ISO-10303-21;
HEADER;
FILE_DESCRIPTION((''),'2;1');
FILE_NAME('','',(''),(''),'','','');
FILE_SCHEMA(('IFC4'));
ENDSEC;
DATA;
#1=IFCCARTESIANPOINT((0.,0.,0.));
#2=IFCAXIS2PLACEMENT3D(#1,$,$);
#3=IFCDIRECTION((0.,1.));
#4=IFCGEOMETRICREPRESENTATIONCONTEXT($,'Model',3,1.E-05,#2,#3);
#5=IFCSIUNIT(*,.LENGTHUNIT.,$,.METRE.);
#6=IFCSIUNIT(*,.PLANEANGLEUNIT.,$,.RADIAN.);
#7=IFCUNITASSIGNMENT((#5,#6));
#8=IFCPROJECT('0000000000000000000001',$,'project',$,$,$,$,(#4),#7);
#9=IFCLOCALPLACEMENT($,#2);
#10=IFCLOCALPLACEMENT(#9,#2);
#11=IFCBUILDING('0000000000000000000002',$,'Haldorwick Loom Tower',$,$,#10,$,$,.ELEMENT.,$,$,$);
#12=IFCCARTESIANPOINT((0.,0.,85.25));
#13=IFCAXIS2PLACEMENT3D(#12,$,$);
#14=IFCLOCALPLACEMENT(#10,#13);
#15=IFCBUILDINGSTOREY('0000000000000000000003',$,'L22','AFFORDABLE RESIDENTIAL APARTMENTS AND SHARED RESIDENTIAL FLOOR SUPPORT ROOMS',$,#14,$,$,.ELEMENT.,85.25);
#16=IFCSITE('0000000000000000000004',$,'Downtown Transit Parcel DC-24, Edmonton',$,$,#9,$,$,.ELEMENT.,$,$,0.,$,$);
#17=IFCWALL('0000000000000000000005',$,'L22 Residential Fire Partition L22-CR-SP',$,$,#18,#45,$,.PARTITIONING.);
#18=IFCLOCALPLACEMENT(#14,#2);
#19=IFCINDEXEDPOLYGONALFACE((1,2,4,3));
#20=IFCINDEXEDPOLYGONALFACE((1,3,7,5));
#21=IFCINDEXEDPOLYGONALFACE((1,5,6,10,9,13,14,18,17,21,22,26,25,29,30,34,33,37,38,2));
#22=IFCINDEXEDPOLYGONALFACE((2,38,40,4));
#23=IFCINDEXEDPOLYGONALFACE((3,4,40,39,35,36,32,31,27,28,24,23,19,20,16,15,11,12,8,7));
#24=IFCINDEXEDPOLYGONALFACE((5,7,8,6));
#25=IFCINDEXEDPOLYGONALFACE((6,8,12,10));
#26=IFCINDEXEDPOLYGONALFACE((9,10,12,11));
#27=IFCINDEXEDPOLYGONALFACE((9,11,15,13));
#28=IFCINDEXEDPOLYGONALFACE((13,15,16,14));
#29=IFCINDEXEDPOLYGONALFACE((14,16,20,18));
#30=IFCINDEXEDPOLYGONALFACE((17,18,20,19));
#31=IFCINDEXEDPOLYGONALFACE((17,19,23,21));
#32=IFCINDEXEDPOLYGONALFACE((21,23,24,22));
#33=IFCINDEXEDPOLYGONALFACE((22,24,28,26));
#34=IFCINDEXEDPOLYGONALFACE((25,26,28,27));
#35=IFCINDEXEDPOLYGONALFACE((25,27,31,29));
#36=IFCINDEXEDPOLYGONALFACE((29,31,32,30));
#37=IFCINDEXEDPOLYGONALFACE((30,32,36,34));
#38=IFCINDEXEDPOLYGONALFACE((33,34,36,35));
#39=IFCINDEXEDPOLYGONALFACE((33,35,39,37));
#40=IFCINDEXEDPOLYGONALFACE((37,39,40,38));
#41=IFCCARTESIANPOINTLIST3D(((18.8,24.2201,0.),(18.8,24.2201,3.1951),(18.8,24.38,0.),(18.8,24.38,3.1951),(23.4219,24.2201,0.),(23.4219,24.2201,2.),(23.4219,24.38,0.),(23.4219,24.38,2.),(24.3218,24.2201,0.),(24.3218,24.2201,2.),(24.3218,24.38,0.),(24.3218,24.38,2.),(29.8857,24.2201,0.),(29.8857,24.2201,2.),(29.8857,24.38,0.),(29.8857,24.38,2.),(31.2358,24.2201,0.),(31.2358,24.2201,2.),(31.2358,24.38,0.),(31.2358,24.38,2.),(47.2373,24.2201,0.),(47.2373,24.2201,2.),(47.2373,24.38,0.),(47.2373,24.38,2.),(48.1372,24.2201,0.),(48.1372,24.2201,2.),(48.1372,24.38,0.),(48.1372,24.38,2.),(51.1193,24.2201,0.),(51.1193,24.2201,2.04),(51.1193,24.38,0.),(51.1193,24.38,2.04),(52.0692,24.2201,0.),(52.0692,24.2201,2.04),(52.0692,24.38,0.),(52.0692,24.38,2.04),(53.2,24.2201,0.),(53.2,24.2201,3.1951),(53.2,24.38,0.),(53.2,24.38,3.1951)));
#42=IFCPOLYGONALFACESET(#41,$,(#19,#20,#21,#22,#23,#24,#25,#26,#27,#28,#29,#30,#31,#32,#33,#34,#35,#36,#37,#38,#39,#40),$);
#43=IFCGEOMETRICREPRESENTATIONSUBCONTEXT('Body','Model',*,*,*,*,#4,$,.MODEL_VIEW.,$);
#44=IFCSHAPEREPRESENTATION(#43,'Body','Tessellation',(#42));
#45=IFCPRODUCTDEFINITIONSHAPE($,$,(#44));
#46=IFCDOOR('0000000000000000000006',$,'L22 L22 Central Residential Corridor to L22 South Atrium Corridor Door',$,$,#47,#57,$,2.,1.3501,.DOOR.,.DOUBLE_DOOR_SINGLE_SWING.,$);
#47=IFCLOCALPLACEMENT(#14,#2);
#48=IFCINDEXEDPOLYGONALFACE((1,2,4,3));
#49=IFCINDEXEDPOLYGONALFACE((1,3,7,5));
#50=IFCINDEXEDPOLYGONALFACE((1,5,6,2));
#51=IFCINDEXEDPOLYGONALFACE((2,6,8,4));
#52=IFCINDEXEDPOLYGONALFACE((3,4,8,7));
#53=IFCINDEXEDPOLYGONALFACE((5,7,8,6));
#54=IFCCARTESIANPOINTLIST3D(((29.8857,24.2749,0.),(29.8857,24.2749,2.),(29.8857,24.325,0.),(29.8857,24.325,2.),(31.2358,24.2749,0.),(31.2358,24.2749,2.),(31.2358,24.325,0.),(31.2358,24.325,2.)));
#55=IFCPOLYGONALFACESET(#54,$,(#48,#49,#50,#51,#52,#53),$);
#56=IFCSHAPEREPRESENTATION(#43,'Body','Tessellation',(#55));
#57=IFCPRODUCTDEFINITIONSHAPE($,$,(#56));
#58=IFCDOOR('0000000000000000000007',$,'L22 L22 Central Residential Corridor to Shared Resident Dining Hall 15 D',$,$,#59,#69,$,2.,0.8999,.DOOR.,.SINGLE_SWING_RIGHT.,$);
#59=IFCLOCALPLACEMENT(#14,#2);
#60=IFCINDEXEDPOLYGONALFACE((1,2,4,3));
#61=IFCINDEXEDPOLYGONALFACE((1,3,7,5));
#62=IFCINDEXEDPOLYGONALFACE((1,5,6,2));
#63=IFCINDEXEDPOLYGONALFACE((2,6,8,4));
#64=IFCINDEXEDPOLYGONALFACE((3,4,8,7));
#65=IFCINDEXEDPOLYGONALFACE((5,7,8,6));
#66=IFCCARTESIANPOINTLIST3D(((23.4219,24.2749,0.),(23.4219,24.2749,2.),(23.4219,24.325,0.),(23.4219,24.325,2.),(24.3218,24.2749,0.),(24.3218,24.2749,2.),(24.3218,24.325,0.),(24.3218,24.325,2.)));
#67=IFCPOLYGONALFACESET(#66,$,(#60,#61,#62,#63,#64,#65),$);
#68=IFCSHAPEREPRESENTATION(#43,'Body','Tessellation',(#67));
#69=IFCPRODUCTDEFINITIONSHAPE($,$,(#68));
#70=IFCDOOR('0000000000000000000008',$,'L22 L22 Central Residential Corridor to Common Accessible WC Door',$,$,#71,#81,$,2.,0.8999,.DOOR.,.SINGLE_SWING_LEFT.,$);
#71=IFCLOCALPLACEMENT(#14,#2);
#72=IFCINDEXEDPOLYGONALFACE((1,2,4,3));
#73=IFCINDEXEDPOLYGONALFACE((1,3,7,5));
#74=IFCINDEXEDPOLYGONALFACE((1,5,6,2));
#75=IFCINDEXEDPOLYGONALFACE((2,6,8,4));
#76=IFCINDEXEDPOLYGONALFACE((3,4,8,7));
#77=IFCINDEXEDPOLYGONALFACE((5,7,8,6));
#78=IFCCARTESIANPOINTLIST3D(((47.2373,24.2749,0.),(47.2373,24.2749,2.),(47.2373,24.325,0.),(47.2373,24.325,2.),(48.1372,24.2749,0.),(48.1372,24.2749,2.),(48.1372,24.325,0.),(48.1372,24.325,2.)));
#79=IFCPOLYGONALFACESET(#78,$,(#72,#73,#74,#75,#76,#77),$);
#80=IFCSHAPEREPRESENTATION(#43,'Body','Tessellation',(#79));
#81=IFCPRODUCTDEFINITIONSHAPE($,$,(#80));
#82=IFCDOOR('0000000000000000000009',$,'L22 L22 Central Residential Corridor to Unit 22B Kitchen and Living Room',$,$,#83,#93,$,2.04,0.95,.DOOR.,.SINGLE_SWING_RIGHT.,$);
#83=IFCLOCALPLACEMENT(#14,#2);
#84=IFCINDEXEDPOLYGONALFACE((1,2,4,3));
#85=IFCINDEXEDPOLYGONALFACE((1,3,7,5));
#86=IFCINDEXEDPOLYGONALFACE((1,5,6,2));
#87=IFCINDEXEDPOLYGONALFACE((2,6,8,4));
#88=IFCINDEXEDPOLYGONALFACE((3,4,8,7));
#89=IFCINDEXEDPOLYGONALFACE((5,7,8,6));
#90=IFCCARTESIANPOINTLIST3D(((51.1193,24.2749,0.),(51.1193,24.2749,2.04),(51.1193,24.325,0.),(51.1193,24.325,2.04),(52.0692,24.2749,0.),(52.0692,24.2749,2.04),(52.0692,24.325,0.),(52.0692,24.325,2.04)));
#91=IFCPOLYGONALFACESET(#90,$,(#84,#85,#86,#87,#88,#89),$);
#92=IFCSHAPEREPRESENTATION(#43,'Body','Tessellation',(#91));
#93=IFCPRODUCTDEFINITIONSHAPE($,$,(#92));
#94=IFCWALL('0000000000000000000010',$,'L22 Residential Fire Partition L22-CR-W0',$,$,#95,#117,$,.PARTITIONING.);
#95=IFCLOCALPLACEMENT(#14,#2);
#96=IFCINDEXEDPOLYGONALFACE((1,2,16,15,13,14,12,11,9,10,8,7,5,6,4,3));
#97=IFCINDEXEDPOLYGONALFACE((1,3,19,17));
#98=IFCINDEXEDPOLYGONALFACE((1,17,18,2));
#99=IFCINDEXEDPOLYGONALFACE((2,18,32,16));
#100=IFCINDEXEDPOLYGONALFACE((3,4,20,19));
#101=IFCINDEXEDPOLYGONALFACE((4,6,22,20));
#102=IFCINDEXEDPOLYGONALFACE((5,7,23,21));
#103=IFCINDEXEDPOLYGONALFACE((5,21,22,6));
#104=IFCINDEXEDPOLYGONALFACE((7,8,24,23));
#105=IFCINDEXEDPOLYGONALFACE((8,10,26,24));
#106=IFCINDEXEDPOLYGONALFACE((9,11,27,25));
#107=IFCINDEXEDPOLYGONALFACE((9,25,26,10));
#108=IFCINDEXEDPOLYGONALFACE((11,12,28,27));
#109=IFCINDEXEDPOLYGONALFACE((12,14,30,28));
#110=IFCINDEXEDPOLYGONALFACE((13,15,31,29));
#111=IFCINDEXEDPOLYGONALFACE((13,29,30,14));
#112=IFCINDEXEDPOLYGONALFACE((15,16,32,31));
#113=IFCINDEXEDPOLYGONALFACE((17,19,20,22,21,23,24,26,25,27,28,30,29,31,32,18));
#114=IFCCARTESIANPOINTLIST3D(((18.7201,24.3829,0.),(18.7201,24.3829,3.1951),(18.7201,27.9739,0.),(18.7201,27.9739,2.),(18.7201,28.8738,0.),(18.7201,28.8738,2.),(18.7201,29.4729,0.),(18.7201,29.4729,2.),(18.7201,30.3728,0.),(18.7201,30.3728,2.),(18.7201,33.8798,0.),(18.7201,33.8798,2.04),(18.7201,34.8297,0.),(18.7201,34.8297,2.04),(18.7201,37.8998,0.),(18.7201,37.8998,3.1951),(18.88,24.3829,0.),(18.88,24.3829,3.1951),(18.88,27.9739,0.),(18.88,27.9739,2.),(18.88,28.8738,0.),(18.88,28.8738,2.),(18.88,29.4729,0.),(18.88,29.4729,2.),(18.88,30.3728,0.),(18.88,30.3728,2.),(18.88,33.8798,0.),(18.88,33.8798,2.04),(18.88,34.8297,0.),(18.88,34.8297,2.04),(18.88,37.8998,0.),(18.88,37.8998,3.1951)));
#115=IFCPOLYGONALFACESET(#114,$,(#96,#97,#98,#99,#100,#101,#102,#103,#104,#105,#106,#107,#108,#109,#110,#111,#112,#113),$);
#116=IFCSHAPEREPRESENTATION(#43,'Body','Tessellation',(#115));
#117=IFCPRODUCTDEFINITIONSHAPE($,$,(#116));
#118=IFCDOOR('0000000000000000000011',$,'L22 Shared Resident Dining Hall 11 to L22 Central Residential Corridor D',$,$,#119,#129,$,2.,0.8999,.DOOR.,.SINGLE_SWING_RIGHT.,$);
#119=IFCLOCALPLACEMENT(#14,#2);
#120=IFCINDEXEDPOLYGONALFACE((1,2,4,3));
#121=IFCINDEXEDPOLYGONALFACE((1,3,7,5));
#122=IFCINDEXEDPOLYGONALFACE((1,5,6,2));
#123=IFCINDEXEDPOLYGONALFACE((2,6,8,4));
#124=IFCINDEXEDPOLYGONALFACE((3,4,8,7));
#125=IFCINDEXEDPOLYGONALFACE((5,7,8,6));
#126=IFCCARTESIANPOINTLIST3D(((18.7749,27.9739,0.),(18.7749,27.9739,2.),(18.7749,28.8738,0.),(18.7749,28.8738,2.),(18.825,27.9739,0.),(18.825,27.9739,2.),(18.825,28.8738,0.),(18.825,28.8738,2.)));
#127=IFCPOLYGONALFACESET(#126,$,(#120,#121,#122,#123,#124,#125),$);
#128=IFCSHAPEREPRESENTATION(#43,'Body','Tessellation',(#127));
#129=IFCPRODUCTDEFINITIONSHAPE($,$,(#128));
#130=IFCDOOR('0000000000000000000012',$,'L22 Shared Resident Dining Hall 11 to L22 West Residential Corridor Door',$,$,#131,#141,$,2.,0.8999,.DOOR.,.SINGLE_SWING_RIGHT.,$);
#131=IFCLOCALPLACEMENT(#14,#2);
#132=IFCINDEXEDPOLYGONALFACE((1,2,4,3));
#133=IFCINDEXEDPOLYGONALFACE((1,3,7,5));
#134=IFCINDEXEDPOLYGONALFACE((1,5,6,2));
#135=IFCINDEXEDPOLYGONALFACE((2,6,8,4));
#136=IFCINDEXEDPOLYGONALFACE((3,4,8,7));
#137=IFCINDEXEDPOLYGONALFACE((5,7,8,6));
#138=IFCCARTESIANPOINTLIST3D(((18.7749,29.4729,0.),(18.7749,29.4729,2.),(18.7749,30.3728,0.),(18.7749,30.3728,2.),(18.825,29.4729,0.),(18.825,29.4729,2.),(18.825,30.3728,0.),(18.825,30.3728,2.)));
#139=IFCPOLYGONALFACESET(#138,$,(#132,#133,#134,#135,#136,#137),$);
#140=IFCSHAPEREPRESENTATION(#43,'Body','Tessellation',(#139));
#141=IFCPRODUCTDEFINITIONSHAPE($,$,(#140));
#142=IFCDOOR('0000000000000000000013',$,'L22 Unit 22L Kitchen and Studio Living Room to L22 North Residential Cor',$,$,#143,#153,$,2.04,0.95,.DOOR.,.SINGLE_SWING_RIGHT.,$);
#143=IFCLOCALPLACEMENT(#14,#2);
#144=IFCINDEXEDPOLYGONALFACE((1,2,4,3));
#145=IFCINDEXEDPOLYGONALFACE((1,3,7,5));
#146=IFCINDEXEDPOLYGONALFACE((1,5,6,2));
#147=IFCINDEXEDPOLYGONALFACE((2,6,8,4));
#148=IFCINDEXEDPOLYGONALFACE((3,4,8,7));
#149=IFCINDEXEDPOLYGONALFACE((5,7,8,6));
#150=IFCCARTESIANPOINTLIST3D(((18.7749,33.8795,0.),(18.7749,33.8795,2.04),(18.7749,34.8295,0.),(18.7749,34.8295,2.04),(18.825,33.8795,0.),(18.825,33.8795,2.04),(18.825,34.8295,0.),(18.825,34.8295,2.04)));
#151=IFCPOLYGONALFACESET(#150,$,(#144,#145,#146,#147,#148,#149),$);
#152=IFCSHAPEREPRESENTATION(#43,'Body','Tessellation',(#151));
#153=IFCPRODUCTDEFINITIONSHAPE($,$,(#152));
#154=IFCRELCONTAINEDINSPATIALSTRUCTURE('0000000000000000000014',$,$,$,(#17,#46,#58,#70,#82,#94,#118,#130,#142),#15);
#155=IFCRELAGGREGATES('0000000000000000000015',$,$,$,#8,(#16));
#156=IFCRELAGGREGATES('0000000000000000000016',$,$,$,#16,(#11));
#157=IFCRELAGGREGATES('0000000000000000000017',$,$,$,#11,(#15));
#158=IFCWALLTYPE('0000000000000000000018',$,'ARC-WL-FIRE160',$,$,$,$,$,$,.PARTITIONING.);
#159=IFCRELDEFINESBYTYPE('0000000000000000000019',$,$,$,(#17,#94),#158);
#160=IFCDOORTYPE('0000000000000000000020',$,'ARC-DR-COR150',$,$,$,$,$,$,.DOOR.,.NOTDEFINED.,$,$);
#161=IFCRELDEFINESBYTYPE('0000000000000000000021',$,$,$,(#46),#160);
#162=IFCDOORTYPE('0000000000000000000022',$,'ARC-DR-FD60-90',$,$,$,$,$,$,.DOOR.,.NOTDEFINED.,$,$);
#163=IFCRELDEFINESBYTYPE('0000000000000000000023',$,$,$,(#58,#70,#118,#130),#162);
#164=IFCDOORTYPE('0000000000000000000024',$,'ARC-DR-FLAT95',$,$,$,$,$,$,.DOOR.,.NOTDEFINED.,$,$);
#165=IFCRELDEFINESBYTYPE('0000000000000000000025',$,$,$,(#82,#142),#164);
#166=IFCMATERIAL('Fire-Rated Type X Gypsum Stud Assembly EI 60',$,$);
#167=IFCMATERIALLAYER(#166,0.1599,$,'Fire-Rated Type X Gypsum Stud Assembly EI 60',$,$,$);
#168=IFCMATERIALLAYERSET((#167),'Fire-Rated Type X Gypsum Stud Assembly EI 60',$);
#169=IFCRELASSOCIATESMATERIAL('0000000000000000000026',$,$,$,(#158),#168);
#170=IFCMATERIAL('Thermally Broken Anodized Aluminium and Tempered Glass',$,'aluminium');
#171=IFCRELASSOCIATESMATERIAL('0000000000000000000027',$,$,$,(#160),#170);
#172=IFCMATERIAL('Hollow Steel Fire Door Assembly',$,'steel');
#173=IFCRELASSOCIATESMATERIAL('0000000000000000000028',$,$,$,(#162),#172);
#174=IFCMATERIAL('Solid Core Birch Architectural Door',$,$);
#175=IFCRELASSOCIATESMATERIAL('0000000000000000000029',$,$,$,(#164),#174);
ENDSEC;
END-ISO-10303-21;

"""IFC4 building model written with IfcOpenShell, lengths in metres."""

from ifc_helpers import new_model, si_unit, direction, frame, frame_2d, origin, place, context, subcontext, project, spatial, rectangle, extrude, material, layer, layer_set, type_object, element, fill, save


model = new_model("IFC4")

# Units and contexts
model_context = context("Model", 3, precision=1e-05, world=origin(), true_north=direction((0.0, 1.0)))
body_context = subcontext(model_context, "Body", "Model", "MODEL_VIEW")
ifc_project = project(units=[si_unit("LENGTHUNIT", "METRE"), si_unit("PLANEANGLEUNIT", "RADIAN")], contexts=[model_context])

# Site, building, storey
site_placement = place(None, origin())
site = spatial("IfcSite", under=ifc_project, at=site_placement, Name="Downtown Transit Parcel DC-24, Edmonton", CompositionType="ELEMENT", RefElevation=0.0)
building_placement = place(site_placement, origin())
building = spatial("IfcBuilding", under=site, at=building_placement, Name="Haldorwick Loom Tower", CompositionType="ELEMENT")
storey_placement = place(building_placement, frame((0.0, 0.0, 85.25)))
storey = spatial("IfcBuildingStorey", under=building, at=storey_placement, Name="L22", Description="AFFORDABLE RESIDENTIAL APARTMENTS AND SHARED RESIDENTIAL FLOOR SUPPORT ROOMS", CompositionType="ELEMENT", Elevation=85.25)

# Walls, openings, doors
ifc_material_1 = material(Name="Fire-Rated Type X Gypsum Stud Assembly EI 60")
ifc_layer_1 = layer(ifc_material_1, 0.1599, Name="Fire-Rated Type X Gypsum Stud Assembly EI 60")
ifc_layer_set_1 = layer_set([ifc_layer_1], Name="Fire-Rated Type X Gypsum Stud Assembly EI 60")
wall_type_1 = type_object("IfcWallType", Name="ARC-WL-FIRE160", PredefinedType="PARTITIONING", material=ifc_layer_set_1)
wall_1_placement = place(storey_placement, frame((18.8, 24.3, 0.0), z_axis=(0.0, 0.0, 1.0), x_axis=(1.0, 0.0, 0.0)))
wall_1 = element("IfcWall", 1, at=wall_1_placement, inside=storey, type_object=wall_type_1, Name="L22 Residential Fire Partition L22-CR-SP", PredefinedType="PARTITIONING", context=body_context, shape_type="SweptSolid", body=[
    extrude(rectangle(XDim=34.3999, YDim=0.1599, at=frame_2d((17.2, 0.0))), origin(), (0.0, 0.0, 1.0), 3.1951),
])
opening_1_placement = place(wall_1_placement, frame((11.0857, 0.0, 0.0)))
opening_1 = element("IfcOpeningElement", 2, at=opening_1_placement, cuts=wall_1, PredefinedType="OPENING", context=body_context, shape_type="SweptSolid", body=[
    extrude(rectangle(XDim=1.3501, YDim=2.0, at=frame_2d((0.675, 1.0))), frame((0.0, 0.0898, 0.0), z_axis=(0.0, -1.0, 0.0), x_axis=(1.0, 0.0, 0.0)), (0.0, 0.0, 1.0), 0.1799),
])
opening_2_placement = place(wall_1_placement, frame((4.6218, 0.0, 0.0)))
opening_2 = element("IfcOpeningElement", 3, at=opening_2_placement, cuts=wall_1, PredefinedType="OPENING", context=body_context, shape_type="SweptSolid", body=[
    extrude(rectangle(XDim=0.8999, YDim=2.0, at=frame_2d((0.45, 1.0))), frame((0.0, 0.0898, 0.0), z_axis=(0.0, -1.0, 0.0), x_axis=(1.0, 0.0, 0.0)), (0.0, 0.0, 1.0), 0.1799),
])
opening_3_placement = place(wall_1_placement, frame((28.4373, 0.0, 0.0)))
opening_3 = element("IfcOpeningElement", 4, at=opening_3_placement, cuts=wall_1, PredefinedType="OPENING", context=body_context, shape_type="SweptSolid", body=[
    extrude(rectangle(XDim=0.8999, YDim=2.0, at=frame_2d((0.45, 1.0))), frame((0.0, 0.0898, 0.0), z_axis=(0.0, -1.0, 0.0), x_axis=(1.0, 0.0, 0.0)), (0.0, 0.0, 1.0), 0.1799),
])
opening_4_placement = place(wall_1_placement, frame((32.3191, 0.0, 0.0)))
opening_4 = element("IfcOpeningElement", 5, at=opening_4_placement, cuts=wall_1, PredefinedType="OPENING", context=body_context, shape_type="SweptSolid", body=[
    extrude(rectangle(XDim=0.95, YDim=2.04, at=frame_2d((0.4751, 1.02))), frame((0.0, 0.0898, 0.0), z_axis=(0.0, -1.0, 0.0), x_axis=(1.0, 0.0, 0.0)), (0.0, 0.0, 1.0), 0.1799),
])
ifc_material_2 = material(Name="Thermally Broken Anodized Aluminium and Tempered Glass", Category="aluminium")
door_type_1 = type_object("IfcDoorType", Name="ARC-DR-COR150", OperationType="NOTDEFINED", PredefinedType="DOOR", material=ifc_material_2)
door_1_placement = place(opening_1_placement, origin())
door_1 = element("IfcDoor", 6, at=door_1_placement, inside=storey, type_object=door_type_1, Name="L22 L22 Central Residential Corridor to L22 South Atrium Corridor Door", OperationType="DOUBLE_DOOR_SINGLE_SWING", OverallHeight=2.0, OverallWidth=1.3501, PredefinedType="DOOR", context=body_context, shape_type="SweptSolid", body=[
    extrude(rectangle(XDim=1.3501, YDim=2.0, at=frame_2d((0.675, 1.0))), frame((0.0, 0.0249, 0.0), z_axis=(0.0, -1.0, 0.0), x_axis=(1.0, 0.0, 0.0)), (0.0, 0.0, 1.0), 0.05),
])
fill(opening_1, door_1)
ifc_material_3 = material(Name="Hollow Steel Fire Door Assembly", Category="steel")
door_type_2 = type_object("IfcDoorType", Name="ARC-DR-FD60-90", OperationType="NOTDEFINED", PredefinedType="DOOR", material=ifc_material_3)
door_2_placement = place(opening_2_placement, origin())
door_2 = element("IfcDoor", 7, at=door_2_placement, inside=storey, type_object=door_type_2, Name="L22 L22 Central Residential Corridor to Shared Resident Dining Hall 15 D", OperationType="SINGLE_SWING_RIGHT", OverallHeight=2.0, OverallWidth=0.8999, PredefinedType="DOOR", context=body_context, shape_type="SweptSolid", body=[
    extrude(rectangle(XDim=0.8999, YDim=2.0, at=frame_2d((0.45, 1.0))), frame((0.0, 0.0249, 0.0), z_axis=(0.0, -1.0, 0.0), x_axis=(1.0, 0.0, 0.0)), (0.0, 0.0, 1.0), 0.05),
])
fill(opening_2, door_2)
door_3_placement = place(opening_3_placement, origin())
door_3 = element("IfcDoor", 8, at=door_3_placement, inside=storey, type_object=door_type_2, Name="L22 L22 Central Residential Corridor to Common Accessible WC Door", OperationType="SINGLE_SWING_LEFT", OverallHeight=2.0, OverallWidth=0.8999, PredefinedType="DOOR", context=body_context, shape_type="SweptSolid", body=[
    extrude(rectangle(XDim=0.8999, YDim=2.0, at=frame_2d((0.45, 1.0))), frame((0.0, 0.0249, 0.0), z_axis=(0.0, -1.0, 0.0), x_axis=(1.0, 0.0, 0.0)), (0.0, 0.0, 1.0), 0.05),
])
fill(opening_3, door_3)
ifc_material_4 = material(Name="Solid Core Birch Architectural Door")
door_type_3 = type_object("IfcDoorType", Name="ARC-DR-FLAT95", OperationType="NOTDEFINED", PredefinedType="DOOR", material=ifc_material_4)
door_4_placement = place(opening_4_placement, origin())
door_4 = element("IfcDoor", 9, at=door_4_placement, inside=storey, type_object=door_type_3, Name="L22 L22 Central Residential Corridor to Unit 22B Kitchen and Living Room", OperationType="SINGLE_SWING_RIGHT", OverallHeight=2.04, OverallWidth=0.95, PredefinedType="DOOR", context=body_context, shape_type="SweptSolid", body=[
    extrude(rectangle(XDim=0.95, YDim=2.04, at=frame_2d((0.4751, 1.02))), frame((0.0, 0.0249, 0.0), z_axis=(0.0, -1.0, 0.0), x_axis=(1.0, 0.0, 0.0)), (0.0, 0.0, 1.0), 0.05),
])
fill(opening_4, door_4)
wall_2_placement = place(storey_placement, frame((18.8, 24.3831, 0.0), z_axis=(0.0, 0.0, 1.0), x_axis=(0.0, 1.0, 0.0)))
wall_2 = element("IfcWall", 10, at=wall_2_placement, inside=storey, type_object=wall_type_1, Name="L22 Residential Fire Partition L22-CR-W0", PredefinedType="PARTITIONING", context=body_context, shape_type="SweptSolid", body=[
    extrude(rectangle(XDim=13.5168, YDim=0.1599, at=frame_2d((6.7583, 0.0))), origin(), (0.0, 0.0, 1.0), 3.1951),
])
opening_5_placement = place(wall_2_placement, frame((3.5908, 0.0, 0.0)))
opening_5 = element("IfcOpeningElement", 11, at=opening_5_placement, cuts=wall_2, PredefinedType="OPENING", context=body_context, shape_type="SweptSolid", body=[
    extrude(rectangle(XDim=0.8999, YDim=2.0, at=frame_2d((0.45, 1.0))), frame((0.0, 0.0898, 0.0), z_axis=(0.0, -1.0, 0.0), x_axis=(1.0, 0.0, 0.0)), (0.0, 0.0, 1.0), 0.1799),
])
opening_6_placement = place(wall_2_placement, frame((9.4966, 0.0, 0.0)))
opening_6 = element("IfcOpeningElement", 12, at=opening_6_placement, cuts=wall_2, PredefinedType="OPENING", context=body_context, shape_type="SweptSolid", body=[
    extrude(rectangle(XDim=0.95, YDim=2.04, at=frame_2d((0.4751, 1.02))), frame((0.0, 0.0898, 0.0), z_axis=(0.0, -1.0, 0.0), x_axis=(1.0, 0.0, 0.0)), (0.0, 0.0, 1.0), 0.1799),
])
opening_7_placement = place(wall_2_placement, frame((5.0898, 0.0, 0.0)))
opening_7 = element("IfcOpeningElement", 13, at=opening_7_placement, cuts=wall_2, PredefinedType="OPENING", context=body_context, shape_type="SweptSolid", body=[
    extrude(rectangle(XDim=0.8999, YDim=2.0, at=frame_2d((0.45, 1.0))), frame((0.0, 0.0898, 0.0), z_axis=(0.0, -1.0, 0.0), x_axis=(1.0, 0.0, 0.0)), (0.0, 0.0, 1.0), 0.1799),
])
door_5_placement = place(opening_5_placement, frame((0.8999, 0.0, 0.0), z_axis=(0.0, 0.0, 1.0), x_axis=(-1.0, 0.0, 0.0)))
door_5 = element("IfcDoor", 14, at=door_5_placement, inside=storey, type_object=door_type_2, Name="L22 Shared Resident Dining Hall 11 to L22 Central Residential Corridor D", OperationType="SINGLE_SWING_RIGHT", OverallHeight=2.0, OverallWidth=0.8999, PredefinedType="DOOR", context=body_context, shape_type="SweptSolid", body=[
    extrude(rectangle(XDim=0.8999, YDim=2.0, at=frame_2d((0.45, 1.0))), frame((0.0, 0.0249, 0.0), z_axis=(0.0, -1.0, 0.0), x_axis=(1.0, 0.0, 0.0)), (0.0, 0.0, 1.0), 0.05),
])
fill(opening_5, door_5)
door_6_placement = place(opening_7_placement, frame((0.8999, 0.0, 0.0), z_axis=(0.0, 0.0, 1.0), x_axis=(-1.0, 0.0, 0.0)))
door_6 = element("IfcDoor", 15, at=door_6_placement, inside=storey, type_object=door_type_2, Name="L22 Shared Resident Dining Hall 11 to L22 West Residential Corridor Door", OperationType="SINGLE_SWING_RIGHT", OverallHeight=2.0, OverallWidth=0.8999, PredefinedType="DOOR", context=body_context, shape_type="SweptSolid", body=[
    extrude(rectangle(XDim=0.8999, YDim=2.0, at=frame_2d((0.45, 1.0))), frame((0.0, 0.0249, 0.0), z_axis=(0.0, -1.0, 0.0), x_axis=(1.0, 0.0, 0.0)), (0.0, 0.0, 1.0), 0.05),
])
fill(opening_7, door_6)
door_7_placement = place(opening_6_placement, frame((0.95, 0.0, 0.0), z_axis=(0.0, 0.0, 1.0), x_axis=(-1.0, 0.0, 0.0)))
door_7 = element("IfcDoor", 16, at=door_7_placement, inside=storey, type_object=door_type_3, Name="L22 Unit 22L Kitchen and Studio Living Room to L22 North Residential Cor", OperationType="SINGLE_SWING_RIGHT", OverallHeight=2.04, OverallWidth=0.95, PredefinedType="DOOR", context=body_context, shape_type="SweptSolid", body=[
    extrude(rectangle(XDim=0.95, YDim=2.04, at=frame_2d((0.4751, 1.02))), frame((0.0, 0.0249, 0.0), z_axis=(0.0, -1.0, 0.0), x_axis=(1.0, 0.0, 0.0)), (0.0, 0.0, 1.0), 0.05),
])
fill(opening_6, door_7)

save(model, "model.ifc")
